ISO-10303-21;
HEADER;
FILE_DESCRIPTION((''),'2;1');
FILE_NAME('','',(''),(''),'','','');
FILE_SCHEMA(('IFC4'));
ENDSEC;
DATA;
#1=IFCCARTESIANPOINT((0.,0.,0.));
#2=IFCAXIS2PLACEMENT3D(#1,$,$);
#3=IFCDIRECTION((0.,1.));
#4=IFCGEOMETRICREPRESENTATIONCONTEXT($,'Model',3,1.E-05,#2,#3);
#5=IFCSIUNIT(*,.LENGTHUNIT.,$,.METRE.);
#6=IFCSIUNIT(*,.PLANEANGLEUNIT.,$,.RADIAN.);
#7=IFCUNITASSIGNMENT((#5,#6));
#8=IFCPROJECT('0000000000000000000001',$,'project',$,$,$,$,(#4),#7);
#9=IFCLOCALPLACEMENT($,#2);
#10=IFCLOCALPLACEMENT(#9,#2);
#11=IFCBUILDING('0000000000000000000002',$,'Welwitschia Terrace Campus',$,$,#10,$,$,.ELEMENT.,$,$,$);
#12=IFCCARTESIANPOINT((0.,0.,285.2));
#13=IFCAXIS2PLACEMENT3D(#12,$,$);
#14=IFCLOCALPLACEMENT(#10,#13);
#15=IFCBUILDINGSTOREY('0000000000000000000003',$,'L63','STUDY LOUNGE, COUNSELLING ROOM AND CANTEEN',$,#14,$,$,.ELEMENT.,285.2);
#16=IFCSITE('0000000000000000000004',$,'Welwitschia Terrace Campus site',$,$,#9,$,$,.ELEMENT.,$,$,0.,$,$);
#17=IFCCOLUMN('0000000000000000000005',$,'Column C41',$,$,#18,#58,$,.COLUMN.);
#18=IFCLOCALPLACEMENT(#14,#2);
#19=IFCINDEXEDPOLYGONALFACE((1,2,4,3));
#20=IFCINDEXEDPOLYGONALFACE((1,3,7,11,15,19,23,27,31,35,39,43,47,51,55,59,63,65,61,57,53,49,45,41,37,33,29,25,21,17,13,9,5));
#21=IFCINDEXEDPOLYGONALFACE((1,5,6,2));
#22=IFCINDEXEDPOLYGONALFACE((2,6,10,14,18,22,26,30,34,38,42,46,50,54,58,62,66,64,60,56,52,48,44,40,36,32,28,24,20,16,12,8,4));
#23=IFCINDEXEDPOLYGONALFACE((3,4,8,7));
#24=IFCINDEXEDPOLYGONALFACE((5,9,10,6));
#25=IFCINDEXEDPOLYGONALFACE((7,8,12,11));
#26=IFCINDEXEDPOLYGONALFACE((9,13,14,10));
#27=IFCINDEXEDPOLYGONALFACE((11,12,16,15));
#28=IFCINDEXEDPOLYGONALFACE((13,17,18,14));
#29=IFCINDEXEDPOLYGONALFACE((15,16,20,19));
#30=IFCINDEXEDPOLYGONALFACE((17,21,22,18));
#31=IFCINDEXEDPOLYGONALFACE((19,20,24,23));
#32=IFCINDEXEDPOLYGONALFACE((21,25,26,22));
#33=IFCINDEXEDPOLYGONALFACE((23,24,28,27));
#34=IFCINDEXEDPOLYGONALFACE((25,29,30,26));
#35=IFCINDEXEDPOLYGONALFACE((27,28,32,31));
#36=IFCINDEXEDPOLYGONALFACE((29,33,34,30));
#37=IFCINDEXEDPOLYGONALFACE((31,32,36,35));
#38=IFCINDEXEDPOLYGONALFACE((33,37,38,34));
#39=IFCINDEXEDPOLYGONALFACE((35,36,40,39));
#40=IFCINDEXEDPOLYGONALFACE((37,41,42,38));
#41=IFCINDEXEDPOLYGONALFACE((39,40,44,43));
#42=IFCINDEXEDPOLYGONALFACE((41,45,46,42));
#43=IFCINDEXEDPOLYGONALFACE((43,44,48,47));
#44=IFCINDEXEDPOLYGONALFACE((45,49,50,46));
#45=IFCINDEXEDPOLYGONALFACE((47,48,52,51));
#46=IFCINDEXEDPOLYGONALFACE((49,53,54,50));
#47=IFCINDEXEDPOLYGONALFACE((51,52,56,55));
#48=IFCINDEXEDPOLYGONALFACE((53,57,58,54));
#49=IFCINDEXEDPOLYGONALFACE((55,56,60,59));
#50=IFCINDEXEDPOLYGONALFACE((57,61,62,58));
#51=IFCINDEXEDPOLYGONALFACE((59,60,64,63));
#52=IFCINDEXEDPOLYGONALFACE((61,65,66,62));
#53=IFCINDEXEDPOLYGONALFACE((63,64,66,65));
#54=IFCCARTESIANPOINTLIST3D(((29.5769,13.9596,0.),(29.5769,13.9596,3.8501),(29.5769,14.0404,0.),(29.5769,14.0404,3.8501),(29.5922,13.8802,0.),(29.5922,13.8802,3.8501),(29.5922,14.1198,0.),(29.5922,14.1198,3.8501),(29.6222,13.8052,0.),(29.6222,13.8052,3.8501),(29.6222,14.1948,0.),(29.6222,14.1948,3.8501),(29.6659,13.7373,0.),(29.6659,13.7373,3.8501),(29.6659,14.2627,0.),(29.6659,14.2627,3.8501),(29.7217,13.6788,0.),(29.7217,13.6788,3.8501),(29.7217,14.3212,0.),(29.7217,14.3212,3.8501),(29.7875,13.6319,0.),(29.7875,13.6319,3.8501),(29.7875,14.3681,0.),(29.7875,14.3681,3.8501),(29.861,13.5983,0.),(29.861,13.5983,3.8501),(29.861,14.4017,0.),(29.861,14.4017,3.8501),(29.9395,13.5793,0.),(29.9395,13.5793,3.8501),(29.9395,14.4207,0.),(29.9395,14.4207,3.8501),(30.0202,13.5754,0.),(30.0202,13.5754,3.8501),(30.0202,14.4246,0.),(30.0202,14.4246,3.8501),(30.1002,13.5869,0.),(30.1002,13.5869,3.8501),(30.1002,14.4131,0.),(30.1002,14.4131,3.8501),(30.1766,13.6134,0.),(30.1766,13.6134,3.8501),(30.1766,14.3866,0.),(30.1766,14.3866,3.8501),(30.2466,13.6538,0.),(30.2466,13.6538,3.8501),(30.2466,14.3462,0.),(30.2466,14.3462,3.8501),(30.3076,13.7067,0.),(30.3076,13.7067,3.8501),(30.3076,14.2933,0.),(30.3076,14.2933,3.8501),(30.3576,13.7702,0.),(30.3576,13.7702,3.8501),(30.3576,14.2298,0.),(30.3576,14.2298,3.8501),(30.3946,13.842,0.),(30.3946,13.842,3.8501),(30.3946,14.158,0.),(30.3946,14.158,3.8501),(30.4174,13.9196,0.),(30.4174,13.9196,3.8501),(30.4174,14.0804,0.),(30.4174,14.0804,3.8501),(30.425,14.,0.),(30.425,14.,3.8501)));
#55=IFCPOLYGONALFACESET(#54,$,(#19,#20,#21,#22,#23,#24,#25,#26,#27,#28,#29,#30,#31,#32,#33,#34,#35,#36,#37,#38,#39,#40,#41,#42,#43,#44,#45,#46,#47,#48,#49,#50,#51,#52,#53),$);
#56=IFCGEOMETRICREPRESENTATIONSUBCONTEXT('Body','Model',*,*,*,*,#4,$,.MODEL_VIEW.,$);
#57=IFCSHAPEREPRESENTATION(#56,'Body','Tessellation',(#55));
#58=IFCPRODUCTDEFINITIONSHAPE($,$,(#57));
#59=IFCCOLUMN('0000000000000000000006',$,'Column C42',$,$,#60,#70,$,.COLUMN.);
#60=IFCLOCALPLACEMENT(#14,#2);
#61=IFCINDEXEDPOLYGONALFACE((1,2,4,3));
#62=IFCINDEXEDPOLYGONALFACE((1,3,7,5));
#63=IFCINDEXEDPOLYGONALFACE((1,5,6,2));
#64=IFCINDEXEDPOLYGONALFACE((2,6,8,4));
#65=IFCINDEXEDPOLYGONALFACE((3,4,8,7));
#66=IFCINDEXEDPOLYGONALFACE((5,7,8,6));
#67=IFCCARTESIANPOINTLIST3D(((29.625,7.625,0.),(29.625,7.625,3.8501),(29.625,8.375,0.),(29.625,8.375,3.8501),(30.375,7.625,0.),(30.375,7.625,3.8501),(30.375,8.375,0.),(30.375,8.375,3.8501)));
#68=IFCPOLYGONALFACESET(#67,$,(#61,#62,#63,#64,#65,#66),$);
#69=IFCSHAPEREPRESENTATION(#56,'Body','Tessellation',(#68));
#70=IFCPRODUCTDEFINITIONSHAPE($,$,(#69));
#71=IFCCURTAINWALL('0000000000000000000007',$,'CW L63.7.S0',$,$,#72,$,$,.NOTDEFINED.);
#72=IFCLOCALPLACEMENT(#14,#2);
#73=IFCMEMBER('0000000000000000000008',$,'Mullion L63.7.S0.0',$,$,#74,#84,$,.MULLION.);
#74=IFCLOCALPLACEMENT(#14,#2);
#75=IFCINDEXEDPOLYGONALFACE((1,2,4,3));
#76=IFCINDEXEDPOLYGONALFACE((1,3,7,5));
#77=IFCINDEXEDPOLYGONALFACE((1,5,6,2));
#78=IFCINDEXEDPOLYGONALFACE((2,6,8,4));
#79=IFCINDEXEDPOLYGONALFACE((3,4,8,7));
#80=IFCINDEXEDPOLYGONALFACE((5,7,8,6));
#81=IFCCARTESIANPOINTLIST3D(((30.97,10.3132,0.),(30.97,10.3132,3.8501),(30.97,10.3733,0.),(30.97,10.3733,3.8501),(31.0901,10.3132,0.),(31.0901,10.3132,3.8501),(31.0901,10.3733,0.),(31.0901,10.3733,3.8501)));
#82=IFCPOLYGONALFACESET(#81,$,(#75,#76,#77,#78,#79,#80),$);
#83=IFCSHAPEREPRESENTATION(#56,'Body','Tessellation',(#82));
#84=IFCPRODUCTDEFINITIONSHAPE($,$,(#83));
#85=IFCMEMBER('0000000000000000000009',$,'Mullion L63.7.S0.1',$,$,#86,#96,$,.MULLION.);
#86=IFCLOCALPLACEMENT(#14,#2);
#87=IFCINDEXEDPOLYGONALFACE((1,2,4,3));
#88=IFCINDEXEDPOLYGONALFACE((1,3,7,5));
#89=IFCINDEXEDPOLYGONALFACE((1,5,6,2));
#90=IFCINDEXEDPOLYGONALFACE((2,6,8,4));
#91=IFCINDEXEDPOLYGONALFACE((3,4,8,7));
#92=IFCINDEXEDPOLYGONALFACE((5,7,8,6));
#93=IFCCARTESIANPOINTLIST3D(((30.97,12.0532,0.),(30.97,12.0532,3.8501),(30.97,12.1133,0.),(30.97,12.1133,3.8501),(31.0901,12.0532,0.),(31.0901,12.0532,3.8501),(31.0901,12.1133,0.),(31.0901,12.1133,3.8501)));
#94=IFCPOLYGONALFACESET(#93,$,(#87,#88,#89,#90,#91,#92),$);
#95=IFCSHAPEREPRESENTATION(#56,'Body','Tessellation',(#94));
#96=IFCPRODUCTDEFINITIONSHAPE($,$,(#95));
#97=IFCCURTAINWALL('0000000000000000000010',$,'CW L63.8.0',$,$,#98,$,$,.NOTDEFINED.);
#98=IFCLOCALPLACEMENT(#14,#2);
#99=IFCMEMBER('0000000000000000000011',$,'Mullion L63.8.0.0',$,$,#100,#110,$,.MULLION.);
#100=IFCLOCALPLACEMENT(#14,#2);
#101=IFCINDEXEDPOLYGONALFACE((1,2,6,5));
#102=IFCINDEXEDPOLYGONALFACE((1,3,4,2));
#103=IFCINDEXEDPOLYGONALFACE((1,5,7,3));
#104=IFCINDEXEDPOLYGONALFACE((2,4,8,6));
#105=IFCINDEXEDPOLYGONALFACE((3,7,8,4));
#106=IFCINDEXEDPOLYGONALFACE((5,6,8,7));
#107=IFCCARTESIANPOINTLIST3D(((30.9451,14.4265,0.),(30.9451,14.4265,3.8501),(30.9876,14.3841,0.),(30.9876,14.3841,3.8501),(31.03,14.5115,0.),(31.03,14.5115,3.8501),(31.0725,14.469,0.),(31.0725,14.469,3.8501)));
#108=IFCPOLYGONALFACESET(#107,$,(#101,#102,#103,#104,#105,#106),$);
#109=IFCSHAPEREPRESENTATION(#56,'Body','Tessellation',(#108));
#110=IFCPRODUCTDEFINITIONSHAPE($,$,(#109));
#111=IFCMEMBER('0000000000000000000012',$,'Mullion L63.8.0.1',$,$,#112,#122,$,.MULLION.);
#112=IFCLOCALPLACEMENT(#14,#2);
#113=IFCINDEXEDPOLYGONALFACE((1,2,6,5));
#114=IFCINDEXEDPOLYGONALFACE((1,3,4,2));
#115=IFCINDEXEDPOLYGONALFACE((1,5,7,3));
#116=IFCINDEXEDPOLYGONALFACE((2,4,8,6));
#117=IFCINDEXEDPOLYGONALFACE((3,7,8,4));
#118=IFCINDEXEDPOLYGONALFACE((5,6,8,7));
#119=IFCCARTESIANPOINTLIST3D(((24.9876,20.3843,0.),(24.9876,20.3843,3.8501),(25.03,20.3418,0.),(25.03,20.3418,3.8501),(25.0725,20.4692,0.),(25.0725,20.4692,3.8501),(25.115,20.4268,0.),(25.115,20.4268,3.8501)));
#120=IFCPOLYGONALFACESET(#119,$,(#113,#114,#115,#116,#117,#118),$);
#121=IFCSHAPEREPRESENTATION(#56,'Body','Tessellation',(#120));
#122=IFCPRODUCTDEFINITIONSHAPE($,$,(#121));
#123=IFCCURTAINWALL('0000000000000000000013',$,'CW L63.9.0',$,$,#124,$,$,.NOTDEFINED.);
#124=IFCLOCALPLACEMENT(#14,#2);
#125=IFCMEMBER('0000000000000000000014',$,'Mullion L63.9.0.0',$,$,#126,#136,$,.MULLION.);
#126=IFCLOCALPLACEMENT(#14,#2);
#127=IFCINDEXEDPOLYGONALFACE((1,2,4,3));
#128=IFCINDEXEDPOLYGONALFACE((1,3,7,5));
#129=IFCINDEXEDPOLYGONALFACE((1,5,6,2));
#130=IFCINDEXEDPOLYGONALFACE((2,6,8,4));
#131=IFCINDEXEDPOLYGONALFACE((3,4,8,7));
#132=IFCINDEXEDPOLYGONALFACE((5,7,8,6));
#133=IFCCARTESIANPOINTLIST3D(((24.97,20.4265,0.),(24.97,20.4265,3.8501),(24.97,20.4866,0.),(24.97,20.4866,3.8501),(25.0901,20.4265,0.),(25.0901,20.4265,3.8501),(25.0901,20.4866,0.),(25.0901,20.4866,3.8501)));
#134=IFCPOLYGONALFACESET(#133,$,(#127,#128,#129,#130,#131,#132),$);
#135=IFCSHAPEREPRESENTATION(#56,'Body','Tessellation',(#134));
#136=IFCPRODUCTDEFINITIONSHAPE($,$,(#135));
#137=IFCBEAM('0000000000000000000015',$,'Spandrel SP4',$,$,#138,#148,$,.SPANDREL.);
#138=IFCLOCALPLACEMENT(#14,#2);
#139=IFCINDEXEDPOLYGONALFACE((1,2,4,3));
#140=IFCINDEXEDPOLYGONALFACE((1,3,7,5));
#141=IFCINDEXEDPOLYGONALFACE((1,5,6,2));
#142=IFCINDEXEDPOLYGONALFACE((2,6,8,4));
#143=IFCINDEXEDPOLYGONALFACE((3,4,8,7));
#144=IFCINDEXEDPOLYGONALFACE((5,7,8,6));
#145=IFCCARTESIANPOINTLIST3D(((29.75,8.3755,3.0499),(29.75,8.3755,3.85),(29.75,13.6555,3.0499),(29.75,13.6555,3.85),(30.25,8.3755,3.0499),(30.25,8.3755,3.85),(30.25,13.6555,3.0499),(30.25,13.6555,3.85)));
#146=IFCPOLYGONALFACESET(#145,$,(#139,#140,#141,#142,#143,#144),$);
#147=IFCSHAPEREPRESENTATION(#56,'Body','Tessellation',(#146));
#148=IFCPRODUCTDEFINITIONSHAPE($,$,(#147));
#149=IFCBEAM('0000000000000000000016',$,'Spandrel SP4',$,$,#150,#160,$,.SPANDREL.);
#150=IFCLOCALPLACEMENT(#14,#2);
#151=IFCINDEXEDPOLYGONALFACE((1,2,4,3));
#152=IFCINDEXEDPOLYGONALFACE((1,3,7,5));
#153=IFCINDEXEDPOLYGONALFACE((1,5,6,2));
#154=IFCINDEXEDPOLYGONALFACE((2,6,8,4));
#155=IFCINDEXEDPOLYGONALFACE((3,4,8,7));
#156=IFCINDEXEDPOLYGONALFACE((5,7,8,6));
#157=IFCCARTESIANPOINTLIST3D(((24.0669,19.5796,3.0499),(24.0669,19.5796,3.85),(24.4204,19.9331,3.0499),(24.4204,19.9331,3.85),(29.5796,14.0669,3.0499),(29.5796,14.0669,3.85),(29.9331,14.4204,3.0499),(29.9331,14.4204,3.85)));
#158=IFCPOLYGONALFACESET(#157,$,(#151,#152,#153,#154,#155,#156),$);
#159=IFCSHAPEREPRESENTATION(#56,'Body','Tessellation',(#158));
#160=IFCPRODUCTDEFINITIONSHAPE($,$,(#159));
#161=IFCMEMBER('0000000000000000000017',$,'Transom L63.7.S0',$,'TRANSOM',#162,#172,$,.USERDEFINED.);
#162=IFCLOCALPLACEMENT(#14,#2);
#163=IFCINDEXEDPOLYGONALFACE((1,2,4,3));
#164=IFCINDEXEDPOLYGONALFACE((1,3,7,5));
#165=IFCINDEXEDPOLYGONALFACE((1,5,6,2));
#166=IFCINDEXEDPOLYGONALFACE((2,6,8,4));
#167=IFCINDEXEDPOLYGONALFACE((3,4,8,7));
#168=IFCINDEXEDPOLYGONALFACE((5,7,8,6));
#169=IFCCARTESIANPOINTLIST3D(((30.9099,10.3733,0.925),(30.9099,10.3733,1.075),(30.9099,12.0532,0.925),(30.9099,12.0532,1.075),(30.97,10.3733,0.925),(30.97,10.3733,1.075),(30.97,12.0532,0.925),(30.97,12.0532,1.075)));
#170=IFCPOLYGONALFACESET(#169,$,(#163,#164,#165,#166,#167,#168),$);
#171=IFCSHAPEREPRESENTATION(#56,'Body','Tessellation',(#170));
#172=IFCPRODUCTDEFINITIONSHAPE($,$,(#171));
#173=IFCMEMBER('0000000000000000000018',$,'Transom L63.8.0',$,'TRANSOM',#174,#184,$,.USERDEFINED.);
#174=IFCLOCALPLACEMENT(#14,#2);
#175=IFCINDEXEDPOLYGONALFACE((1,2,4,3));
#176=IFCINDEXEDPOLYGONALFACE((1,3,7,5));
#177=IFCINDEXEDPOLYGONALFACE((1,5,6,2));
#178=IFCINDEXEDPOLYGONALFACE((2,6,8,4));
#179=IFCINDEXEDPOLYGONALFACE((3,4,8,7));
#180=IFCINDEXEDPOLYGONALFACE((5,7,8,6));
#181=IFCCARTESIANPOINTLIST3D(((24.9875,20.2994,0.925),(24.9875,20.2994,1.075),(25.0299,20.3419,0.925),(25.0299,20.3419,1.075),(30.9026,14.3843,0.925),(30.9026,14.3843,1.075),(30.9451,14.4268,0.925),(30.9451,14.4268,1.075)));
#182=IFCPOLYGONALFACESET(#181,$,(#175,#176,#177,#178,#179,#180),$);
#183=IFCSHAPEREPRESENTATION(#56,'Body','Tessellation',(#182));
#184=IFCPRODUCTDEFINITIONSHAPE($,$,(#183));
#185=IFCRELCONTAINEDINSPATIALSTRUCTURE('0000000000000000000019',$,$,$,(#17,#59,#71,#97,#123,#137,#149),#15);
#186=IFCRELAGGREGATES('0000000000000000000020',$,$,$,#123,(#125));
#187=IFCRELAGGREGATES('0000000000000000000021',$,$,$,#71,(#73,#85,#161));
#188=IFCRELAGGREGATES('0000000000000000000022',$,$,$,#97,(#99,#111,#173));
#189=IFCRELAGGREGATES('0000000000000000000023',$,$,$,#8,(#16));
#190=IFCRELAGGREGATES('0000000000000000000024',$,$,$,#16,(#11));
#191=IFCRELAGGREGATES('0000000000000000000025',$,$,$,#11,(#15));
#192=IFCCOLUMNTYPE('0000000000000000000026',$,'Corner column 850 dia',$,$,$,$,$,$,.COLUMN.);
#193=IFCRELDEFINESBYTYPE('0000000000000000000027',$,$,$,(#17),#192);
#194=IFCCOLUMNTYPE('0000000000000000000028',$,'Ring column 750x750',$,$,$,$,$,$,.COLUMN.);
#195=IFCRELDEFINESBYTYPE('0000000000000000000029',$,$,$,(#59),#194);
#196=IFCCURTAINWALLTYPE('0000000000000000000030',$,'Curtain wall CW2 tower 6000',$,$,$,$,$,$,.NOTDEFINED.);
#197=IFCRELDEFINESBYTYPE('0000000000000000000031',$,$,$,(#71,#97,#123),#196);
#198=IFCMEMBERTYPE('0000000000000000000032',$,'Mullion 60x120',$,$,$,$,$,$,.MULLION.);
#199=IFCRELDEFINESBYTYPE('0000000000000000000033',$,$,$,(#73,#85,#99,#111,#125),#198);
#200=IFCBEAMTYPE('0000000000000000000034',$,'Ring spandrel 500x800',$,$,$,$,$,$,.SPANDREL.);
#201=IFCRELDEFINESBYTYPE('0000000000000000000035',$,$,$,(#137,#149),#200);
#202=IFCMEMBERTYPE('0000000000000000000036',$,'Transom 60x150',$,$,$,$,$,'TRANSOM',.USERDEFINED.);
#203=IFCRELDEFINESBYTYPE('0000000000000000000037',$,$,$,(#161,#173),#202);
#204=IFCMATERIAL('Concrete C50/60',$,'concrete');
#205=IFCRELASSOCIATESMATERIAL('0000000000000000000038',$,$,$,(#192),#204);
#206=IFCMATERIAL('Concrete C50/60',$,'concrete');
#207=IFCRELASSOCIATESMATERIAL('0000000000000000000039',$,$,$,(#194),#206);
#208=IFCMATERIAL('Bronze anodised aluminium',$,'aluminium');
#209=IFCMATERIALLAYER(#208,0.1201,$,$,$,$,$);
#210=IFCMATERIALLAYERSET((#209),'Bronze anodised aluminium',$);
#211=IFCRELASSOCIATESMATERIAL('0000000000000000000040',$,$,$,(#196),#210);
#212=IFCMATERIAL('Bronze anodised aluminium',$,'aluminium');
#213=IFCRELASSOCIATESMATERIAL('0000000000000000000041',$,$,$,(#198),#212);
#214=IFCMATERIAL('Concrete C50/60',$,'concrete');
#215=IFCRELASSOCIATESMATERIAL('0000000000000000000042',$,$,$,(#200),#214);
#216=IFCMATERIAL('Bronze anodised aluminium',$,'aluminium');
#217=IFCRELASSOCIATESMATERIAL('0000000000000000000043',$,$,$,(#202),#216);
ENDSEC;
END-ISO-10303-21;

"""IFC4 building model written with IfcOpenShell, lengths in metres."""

from ifc_helpers import new_model, si_unit, direction, frame, origin, origin_2d, place, context, subcontext, project, spatial, rectangle, circle, extrude, material, layer, layer_set, material_profile, profile_set, type_object, element, aggregate, save


model = new_model("IFC4")

# Units and contexts
model_context = context("Model", 3, precision=1e-05, world=origin(), true_north=direction((0.0, 1.0)))
body_context = subcontext(model_context, "Body", "Model", "MODEL_VIEW")
ifc_project = project(units=[si_unit("LENGTHUNIT", "METRE"), si_unit("PLANEANGLEUNIT", "RADIAN")], contexts=[model_context])

# Site, building, storey
site_placement = place(None, origin())
site = spatial("IfcSite", under=ifc_project, at=site_placement, Name="Welwitschia Terrace Campus site", CompositionType="ELEMENT", RefElevation=0.0)
building_placement = place(site_placement, origin())
building = spatial("IfcBuilding", under=site, at=building_placement, Name="Welwitschia Terrace Campus", CompositionType="ELEMENT")
storey_placement = place(building_placement, frame((0.0, 0.0, 285.2)))
storey = spatial("IfcBuildingStorey", under=building, at=storey_placement, Name="L63", Description="STUDY LOUNGE, COUNSELLING ROOM AND CANTEEN", CompositionType="ELEMENT", Elevation=285.2)

# Columns
ifc_material_1 = material(Name="Concrete C50/60", Category="concrete")
ifc_material_profile_1 = material_profile(ifc_material_1, circle(Radius=0.425, at=origin_2d()))
ifc_profile_set_1 = profile_set([ifc_material_profile_1], Name="Concrete C50/60")
column_type_1 = type_object("IfcColumnType", Name="Corner column 850 dia", PredefinedType="COLUMN", material=ifc_profile_set_1)
column_1_placement = place(storey_placement, frame((30.0, 14.0, 0.0), z_axis=(0.0, 0.0, 1.0), x_axis=(1.0, 0.0, 0.0)))
element("IfcColumn", 1, at=column_1_placement, inside=storey, type_object=column_type_1, Name="Column C41", PredefinedType="COLUMN", context=body_context, shape_type="SweptSolid", body=[
    extrude(circle(Radius=0.425, at=origin_2d()), origin(), (0.0, 0.0, 1.0), 3.8501),
])
ifc_material_2 = material(Name="Concrete C50/60", Category="concrete")
ifc_material_profile_2 = material_profile(ifc_material_2, rectangle(XDim=0.75, YDim=0.75, at=origin_2d()))
ifc_profile_set_2 = profile_set([ifc_material_profile_2], Name="Concrete C50/60")
column_type_2 = type_object("IfcColumnType", Name="Ring column 750x750", PredefinedType="COLUMN", material=ifc_profile_set_2)
column_2_placement = place(storey_placement, frame((30.0, 8.0, 0.0), z_axis=(0.0, 0.0, 1.0), x_axis=(1.0, 0.0, 0.0)))
element("IfcColumn", 2, at=column_2_placement, inside=storey, type_object=column_type_2, Name="Column C42", PredefinedType="COLUMN", context=body_context, shape_type="SweptSolid", body=[
    extrude(rectangle(XDim=0.75, YDim=0.75, at=origin_2d()), origin(), (0.0, 0.0, 1.0), 3.8501),
])

# Curtain walls, members
ifc_material_3 = material(Name="Bronze anodised aluminium", Category="aluminium")
ifc_layer_1 = layer(ifc_material_3, 0.1201)
ifc_layer_set_1 = layer_set([ifc_layer_1], Name="Bronze anodised aluminium")
curtain_wall_type = type_object("IfcCurtainWallType", Name="Curtain wall CW2 tower 6000", PredefinedType="NOTDEFINED", material=ifc_layer_set_1)
curtain_wall_1_placement = place(storey_placement, origin())
curtain_wall_1 = element("IfcCurtainWall", 3, at=curtain_wall_1_placement, inside=storey, type_object=curtain_wall_type, Name="CW L63.7.S0", PredefinedType="NOTDEFINED")
ifc_material_4 = material(Name="Bronze anodised aluminium", Category="aluminium")
ifc_material_profile_3 = material_profile(ifc_material_4, rectangle(XDim=0.1201, YDim=0.0601, at=origin_2d()))
ifc_profile_set_3 = profile_set([ifc_material_profile_3], Name="Bronze anodised aluminium")
member_type_1 = type_object("IfcMemberType", Name="Mullion 60x120", PredefinedType="MULLION", material=ifc_profile_set_3)
member_1_placement = place(storey_placement, frame((31.03, 10.3433, 0.0), z_axis=(0.0, 0.0, 1.0), x_axis=(-1.0, 0.0, 0.0)))
member_1 = element("IfcMember", 4, at=member_1_placement, type_object=member_type_1, Name="Mullion L63.7.S0.0", PredefinedType="MULLION", context=body_context, shape_type="SweptSolid", body=[
    extrude(rectangle(XDim=0.1201, YDim=0.0601, at=origin_2d()), origin(), (0.0, 0.0, 1.0), 3.8501),
])
member_2_placement = place(storey_placement, frame((31.03, 12.0833, 0.0), z_axis=(0.0, 0.0, 1.0), x_axis=(-1.0, 0.0, 0.0)))
member_2 = element("IfcMember", 5, at=member_2_placement, type_object=member_type_1, Name="Mullion L63.7.S0.1", PredefinedType="MULLION", context=body_context, shape_type="SweptSolid", body=[
    extrude(rectangle(XDim=0.1201, YDim=0.0601, at=origin_2d()), origin(), (0.0, 0.0, 1.0), 3.8501),
])
curtain_wall_2_placement = place(storey_placement, origin())
curtain_wall_2 = element("IfcCurtainWall", 6, at=curtain_wall_2_placement, inside=storey, type_object=curtain_wall_type, Name="CW L63.8.0", PredefinedType="NOTDEFINED")
member_3_placement = place(storey_placement, frame((31.0088, 14.4478, 0.0), z_axis=(0.0, 0.0, 1.0), x_axis=(-0.707107, -0.707107, 0.0)))
member_3 = element("IfcMember", 7, at=member_3_placement, type_object=member_type_1, Name="Mullion L63.8.0.0", PredefinedType="MULLION", context=body_context, shape_type="SweptSolid", body=[
    extrude(rectangle(XDim=0.1201, YDim=0.0601, at=origin_2d()), origin(), (0.0, 0.0, 1.0), 3.8501),
])
member_4_placement = place(storey_placement, frame((25.0513, 20.4055, 0.0), z_axis=(0.0, 0.0, 1.0), x_axis=(-0.707107, -0.707107, 0.0)))
member_4 = element("IfcMember", 8, at=member_4_placement, type_object=member_type_1, Name="Mullion L63.8.0.1", PredefinedType="MULLION", context=body_context, shape_type="SweptSolid", body=[
    extrude(rectangle(XDim=0.1201, YDim=0.0601, at=origin_2d()), origin(), (0.0, 0.0, 1.0), 3.8501),
])

# Curtain wall, member
curtain_wall_3_placement = place(storey_placement, origin())
curtain_wall_3 = element("IfcCurtainWall", 9, at=curtain_wall_3_placement, inside=storey, type_object=curtain_wall_type, Name="CW L63.9.0", PredefinedType="NOTDEFINED")
member_5_placement = place(storey_placement, frame((25.03, 20.4565, 0.0), z_axis=(0.0, 0.0, 1.0), x_axis=(-1.0, 0.0, 0.0)))
member_5 = element("IfcMember", 10, at=member_5_placement, type_object=member_type_1, Name="Mullion L63.9.0.0", PredefinedType="MULLION", context=body_context, shape_type="SweptSolid", body=[
    extrude(rectangle(XDim=0.1201, YDim=0.0601, at=origin_2d()), origin(), (0.0, 0.0, 1.0), 3.8501),
])
aggregate(curtain_wall_3, [member_5])

# Beams
ifc_material_5 = material(Name="Concrete C50/60", Category="concrete")
ifc_material_profile_4 = material_profile(ifc_material_5, rectangle(XDim=0.5, YDim=0.8, at=origin_2d()))
ifc_profile_set_4 = profile_set([ifc_material_profile_4], Name="Concrete C50/60")
beam_type = type_object("IfcBeamType", Name="Ring spandrel 500x800", PredefinedType="SPANDREL", material=ifc_profile_set_4)
beam_1_placement = place(storey_placement, frame((30.0, 8.3755, 3.45), z_axis=(0.0, 1.0, 0.0), x_axis=(-1.0, 0.0, 0.0)))
element("IfcBeam", 11, at=beam_1_placement, inside=storey, type_object=beam_type, Name="Spandrel SP4", PredefinedType="SPANDREL", context=body_context, shape_type="SweptSolid", body=[
    extrude(rectangle(XDim=0.5, YDim=0.8, at=origin_2d()), origin(), (0.0, 0.0, 1.0), 5.28),
])
beam_2_placement = place(storey_placement, frame((29.7563, 14.2437, 3.45), z_axis=(-0.707107, 0.707107, 0.0), x_axis=(-0.707107, -0.707107, 0.0)))
element("IfcBeam", 12, at=beam_2_placement, inside=storey, type_object=beam_type, Name="Spandrel SP4", PredefinedType="SPANDREL", context=body_context, shape_type="SweptSolid", body=[
    extrude(rectangle(XDim=0.5, YDim=0.8, at=origin_2d()), origin(), (0.0, 0.0, 1.0), 7.7961),
])

# Members
ifc_material_6 = material(Name="Bronze anodised aluminium", Category="aluminium")
ifc_material_profile_5 = material_profile(ifc_material_6, rectangle(XDim=0.0601, YDim=0.1499, at=origin_2d()))
ifc_profile_set_5 = profile_set([ifc_material_profile_5], Name="Bronze anodised aluminium")
member_type_2 = type_object("IfcMemberType", Name="Transom 60x150", ElementType="TRANSOM", PredefinedType="USERDEFINED", material=ifc_profile_set_5)
member_6_placement = place(storey_placement, frame((30.9399, 10.3733, 1.0), z_axis=(0.0, 1.0, 0.0), x_axis=(-1.0, 0.0, 0.0)))
member_6 = element("IfcMember", 13, at=member_6_placement, type_object=member_type_2, Name="Transom L63.7.S0", ObjectType="TRANSOM", PredefinedType="USERDEFINED", context=body_context, shape_type="SweptSolid", body=[
    extrude(rectangle(XDim=0.0601, YDim=0.1499, at=origin_2d()), origin(), (0.0, 0.0, 1.0), 1.6799),
])
member_7_placement = place(storey_placement, frame((30.9238, 14.4055, 1.0), z_axis=(-0.707107, 0.707107, 0.0), x_axis=(-0.707107, -0.707107, 0.0)))
member_7 = element("IfcMember", 14, at=member_7_placement, type_object=member_type_2, Name="Transom L63.8.0", ObjectType="TRANSOM", PredefinedType="USERDEFINED", context=body_context, shape_type="SweptSolid", body=[
    extrude(rectangle(XDim=0.0601, YDim=0.1499, at=origin_2d()), origin(), (0.0, 0.0, 1.0), 8.3652),
])

aggregate(curtain_wall_1, [member_1, member_2, member_6])
aggregate(curtain_wall_2, [member_3, member_4, member_7])

save(model, "model.ifc")
